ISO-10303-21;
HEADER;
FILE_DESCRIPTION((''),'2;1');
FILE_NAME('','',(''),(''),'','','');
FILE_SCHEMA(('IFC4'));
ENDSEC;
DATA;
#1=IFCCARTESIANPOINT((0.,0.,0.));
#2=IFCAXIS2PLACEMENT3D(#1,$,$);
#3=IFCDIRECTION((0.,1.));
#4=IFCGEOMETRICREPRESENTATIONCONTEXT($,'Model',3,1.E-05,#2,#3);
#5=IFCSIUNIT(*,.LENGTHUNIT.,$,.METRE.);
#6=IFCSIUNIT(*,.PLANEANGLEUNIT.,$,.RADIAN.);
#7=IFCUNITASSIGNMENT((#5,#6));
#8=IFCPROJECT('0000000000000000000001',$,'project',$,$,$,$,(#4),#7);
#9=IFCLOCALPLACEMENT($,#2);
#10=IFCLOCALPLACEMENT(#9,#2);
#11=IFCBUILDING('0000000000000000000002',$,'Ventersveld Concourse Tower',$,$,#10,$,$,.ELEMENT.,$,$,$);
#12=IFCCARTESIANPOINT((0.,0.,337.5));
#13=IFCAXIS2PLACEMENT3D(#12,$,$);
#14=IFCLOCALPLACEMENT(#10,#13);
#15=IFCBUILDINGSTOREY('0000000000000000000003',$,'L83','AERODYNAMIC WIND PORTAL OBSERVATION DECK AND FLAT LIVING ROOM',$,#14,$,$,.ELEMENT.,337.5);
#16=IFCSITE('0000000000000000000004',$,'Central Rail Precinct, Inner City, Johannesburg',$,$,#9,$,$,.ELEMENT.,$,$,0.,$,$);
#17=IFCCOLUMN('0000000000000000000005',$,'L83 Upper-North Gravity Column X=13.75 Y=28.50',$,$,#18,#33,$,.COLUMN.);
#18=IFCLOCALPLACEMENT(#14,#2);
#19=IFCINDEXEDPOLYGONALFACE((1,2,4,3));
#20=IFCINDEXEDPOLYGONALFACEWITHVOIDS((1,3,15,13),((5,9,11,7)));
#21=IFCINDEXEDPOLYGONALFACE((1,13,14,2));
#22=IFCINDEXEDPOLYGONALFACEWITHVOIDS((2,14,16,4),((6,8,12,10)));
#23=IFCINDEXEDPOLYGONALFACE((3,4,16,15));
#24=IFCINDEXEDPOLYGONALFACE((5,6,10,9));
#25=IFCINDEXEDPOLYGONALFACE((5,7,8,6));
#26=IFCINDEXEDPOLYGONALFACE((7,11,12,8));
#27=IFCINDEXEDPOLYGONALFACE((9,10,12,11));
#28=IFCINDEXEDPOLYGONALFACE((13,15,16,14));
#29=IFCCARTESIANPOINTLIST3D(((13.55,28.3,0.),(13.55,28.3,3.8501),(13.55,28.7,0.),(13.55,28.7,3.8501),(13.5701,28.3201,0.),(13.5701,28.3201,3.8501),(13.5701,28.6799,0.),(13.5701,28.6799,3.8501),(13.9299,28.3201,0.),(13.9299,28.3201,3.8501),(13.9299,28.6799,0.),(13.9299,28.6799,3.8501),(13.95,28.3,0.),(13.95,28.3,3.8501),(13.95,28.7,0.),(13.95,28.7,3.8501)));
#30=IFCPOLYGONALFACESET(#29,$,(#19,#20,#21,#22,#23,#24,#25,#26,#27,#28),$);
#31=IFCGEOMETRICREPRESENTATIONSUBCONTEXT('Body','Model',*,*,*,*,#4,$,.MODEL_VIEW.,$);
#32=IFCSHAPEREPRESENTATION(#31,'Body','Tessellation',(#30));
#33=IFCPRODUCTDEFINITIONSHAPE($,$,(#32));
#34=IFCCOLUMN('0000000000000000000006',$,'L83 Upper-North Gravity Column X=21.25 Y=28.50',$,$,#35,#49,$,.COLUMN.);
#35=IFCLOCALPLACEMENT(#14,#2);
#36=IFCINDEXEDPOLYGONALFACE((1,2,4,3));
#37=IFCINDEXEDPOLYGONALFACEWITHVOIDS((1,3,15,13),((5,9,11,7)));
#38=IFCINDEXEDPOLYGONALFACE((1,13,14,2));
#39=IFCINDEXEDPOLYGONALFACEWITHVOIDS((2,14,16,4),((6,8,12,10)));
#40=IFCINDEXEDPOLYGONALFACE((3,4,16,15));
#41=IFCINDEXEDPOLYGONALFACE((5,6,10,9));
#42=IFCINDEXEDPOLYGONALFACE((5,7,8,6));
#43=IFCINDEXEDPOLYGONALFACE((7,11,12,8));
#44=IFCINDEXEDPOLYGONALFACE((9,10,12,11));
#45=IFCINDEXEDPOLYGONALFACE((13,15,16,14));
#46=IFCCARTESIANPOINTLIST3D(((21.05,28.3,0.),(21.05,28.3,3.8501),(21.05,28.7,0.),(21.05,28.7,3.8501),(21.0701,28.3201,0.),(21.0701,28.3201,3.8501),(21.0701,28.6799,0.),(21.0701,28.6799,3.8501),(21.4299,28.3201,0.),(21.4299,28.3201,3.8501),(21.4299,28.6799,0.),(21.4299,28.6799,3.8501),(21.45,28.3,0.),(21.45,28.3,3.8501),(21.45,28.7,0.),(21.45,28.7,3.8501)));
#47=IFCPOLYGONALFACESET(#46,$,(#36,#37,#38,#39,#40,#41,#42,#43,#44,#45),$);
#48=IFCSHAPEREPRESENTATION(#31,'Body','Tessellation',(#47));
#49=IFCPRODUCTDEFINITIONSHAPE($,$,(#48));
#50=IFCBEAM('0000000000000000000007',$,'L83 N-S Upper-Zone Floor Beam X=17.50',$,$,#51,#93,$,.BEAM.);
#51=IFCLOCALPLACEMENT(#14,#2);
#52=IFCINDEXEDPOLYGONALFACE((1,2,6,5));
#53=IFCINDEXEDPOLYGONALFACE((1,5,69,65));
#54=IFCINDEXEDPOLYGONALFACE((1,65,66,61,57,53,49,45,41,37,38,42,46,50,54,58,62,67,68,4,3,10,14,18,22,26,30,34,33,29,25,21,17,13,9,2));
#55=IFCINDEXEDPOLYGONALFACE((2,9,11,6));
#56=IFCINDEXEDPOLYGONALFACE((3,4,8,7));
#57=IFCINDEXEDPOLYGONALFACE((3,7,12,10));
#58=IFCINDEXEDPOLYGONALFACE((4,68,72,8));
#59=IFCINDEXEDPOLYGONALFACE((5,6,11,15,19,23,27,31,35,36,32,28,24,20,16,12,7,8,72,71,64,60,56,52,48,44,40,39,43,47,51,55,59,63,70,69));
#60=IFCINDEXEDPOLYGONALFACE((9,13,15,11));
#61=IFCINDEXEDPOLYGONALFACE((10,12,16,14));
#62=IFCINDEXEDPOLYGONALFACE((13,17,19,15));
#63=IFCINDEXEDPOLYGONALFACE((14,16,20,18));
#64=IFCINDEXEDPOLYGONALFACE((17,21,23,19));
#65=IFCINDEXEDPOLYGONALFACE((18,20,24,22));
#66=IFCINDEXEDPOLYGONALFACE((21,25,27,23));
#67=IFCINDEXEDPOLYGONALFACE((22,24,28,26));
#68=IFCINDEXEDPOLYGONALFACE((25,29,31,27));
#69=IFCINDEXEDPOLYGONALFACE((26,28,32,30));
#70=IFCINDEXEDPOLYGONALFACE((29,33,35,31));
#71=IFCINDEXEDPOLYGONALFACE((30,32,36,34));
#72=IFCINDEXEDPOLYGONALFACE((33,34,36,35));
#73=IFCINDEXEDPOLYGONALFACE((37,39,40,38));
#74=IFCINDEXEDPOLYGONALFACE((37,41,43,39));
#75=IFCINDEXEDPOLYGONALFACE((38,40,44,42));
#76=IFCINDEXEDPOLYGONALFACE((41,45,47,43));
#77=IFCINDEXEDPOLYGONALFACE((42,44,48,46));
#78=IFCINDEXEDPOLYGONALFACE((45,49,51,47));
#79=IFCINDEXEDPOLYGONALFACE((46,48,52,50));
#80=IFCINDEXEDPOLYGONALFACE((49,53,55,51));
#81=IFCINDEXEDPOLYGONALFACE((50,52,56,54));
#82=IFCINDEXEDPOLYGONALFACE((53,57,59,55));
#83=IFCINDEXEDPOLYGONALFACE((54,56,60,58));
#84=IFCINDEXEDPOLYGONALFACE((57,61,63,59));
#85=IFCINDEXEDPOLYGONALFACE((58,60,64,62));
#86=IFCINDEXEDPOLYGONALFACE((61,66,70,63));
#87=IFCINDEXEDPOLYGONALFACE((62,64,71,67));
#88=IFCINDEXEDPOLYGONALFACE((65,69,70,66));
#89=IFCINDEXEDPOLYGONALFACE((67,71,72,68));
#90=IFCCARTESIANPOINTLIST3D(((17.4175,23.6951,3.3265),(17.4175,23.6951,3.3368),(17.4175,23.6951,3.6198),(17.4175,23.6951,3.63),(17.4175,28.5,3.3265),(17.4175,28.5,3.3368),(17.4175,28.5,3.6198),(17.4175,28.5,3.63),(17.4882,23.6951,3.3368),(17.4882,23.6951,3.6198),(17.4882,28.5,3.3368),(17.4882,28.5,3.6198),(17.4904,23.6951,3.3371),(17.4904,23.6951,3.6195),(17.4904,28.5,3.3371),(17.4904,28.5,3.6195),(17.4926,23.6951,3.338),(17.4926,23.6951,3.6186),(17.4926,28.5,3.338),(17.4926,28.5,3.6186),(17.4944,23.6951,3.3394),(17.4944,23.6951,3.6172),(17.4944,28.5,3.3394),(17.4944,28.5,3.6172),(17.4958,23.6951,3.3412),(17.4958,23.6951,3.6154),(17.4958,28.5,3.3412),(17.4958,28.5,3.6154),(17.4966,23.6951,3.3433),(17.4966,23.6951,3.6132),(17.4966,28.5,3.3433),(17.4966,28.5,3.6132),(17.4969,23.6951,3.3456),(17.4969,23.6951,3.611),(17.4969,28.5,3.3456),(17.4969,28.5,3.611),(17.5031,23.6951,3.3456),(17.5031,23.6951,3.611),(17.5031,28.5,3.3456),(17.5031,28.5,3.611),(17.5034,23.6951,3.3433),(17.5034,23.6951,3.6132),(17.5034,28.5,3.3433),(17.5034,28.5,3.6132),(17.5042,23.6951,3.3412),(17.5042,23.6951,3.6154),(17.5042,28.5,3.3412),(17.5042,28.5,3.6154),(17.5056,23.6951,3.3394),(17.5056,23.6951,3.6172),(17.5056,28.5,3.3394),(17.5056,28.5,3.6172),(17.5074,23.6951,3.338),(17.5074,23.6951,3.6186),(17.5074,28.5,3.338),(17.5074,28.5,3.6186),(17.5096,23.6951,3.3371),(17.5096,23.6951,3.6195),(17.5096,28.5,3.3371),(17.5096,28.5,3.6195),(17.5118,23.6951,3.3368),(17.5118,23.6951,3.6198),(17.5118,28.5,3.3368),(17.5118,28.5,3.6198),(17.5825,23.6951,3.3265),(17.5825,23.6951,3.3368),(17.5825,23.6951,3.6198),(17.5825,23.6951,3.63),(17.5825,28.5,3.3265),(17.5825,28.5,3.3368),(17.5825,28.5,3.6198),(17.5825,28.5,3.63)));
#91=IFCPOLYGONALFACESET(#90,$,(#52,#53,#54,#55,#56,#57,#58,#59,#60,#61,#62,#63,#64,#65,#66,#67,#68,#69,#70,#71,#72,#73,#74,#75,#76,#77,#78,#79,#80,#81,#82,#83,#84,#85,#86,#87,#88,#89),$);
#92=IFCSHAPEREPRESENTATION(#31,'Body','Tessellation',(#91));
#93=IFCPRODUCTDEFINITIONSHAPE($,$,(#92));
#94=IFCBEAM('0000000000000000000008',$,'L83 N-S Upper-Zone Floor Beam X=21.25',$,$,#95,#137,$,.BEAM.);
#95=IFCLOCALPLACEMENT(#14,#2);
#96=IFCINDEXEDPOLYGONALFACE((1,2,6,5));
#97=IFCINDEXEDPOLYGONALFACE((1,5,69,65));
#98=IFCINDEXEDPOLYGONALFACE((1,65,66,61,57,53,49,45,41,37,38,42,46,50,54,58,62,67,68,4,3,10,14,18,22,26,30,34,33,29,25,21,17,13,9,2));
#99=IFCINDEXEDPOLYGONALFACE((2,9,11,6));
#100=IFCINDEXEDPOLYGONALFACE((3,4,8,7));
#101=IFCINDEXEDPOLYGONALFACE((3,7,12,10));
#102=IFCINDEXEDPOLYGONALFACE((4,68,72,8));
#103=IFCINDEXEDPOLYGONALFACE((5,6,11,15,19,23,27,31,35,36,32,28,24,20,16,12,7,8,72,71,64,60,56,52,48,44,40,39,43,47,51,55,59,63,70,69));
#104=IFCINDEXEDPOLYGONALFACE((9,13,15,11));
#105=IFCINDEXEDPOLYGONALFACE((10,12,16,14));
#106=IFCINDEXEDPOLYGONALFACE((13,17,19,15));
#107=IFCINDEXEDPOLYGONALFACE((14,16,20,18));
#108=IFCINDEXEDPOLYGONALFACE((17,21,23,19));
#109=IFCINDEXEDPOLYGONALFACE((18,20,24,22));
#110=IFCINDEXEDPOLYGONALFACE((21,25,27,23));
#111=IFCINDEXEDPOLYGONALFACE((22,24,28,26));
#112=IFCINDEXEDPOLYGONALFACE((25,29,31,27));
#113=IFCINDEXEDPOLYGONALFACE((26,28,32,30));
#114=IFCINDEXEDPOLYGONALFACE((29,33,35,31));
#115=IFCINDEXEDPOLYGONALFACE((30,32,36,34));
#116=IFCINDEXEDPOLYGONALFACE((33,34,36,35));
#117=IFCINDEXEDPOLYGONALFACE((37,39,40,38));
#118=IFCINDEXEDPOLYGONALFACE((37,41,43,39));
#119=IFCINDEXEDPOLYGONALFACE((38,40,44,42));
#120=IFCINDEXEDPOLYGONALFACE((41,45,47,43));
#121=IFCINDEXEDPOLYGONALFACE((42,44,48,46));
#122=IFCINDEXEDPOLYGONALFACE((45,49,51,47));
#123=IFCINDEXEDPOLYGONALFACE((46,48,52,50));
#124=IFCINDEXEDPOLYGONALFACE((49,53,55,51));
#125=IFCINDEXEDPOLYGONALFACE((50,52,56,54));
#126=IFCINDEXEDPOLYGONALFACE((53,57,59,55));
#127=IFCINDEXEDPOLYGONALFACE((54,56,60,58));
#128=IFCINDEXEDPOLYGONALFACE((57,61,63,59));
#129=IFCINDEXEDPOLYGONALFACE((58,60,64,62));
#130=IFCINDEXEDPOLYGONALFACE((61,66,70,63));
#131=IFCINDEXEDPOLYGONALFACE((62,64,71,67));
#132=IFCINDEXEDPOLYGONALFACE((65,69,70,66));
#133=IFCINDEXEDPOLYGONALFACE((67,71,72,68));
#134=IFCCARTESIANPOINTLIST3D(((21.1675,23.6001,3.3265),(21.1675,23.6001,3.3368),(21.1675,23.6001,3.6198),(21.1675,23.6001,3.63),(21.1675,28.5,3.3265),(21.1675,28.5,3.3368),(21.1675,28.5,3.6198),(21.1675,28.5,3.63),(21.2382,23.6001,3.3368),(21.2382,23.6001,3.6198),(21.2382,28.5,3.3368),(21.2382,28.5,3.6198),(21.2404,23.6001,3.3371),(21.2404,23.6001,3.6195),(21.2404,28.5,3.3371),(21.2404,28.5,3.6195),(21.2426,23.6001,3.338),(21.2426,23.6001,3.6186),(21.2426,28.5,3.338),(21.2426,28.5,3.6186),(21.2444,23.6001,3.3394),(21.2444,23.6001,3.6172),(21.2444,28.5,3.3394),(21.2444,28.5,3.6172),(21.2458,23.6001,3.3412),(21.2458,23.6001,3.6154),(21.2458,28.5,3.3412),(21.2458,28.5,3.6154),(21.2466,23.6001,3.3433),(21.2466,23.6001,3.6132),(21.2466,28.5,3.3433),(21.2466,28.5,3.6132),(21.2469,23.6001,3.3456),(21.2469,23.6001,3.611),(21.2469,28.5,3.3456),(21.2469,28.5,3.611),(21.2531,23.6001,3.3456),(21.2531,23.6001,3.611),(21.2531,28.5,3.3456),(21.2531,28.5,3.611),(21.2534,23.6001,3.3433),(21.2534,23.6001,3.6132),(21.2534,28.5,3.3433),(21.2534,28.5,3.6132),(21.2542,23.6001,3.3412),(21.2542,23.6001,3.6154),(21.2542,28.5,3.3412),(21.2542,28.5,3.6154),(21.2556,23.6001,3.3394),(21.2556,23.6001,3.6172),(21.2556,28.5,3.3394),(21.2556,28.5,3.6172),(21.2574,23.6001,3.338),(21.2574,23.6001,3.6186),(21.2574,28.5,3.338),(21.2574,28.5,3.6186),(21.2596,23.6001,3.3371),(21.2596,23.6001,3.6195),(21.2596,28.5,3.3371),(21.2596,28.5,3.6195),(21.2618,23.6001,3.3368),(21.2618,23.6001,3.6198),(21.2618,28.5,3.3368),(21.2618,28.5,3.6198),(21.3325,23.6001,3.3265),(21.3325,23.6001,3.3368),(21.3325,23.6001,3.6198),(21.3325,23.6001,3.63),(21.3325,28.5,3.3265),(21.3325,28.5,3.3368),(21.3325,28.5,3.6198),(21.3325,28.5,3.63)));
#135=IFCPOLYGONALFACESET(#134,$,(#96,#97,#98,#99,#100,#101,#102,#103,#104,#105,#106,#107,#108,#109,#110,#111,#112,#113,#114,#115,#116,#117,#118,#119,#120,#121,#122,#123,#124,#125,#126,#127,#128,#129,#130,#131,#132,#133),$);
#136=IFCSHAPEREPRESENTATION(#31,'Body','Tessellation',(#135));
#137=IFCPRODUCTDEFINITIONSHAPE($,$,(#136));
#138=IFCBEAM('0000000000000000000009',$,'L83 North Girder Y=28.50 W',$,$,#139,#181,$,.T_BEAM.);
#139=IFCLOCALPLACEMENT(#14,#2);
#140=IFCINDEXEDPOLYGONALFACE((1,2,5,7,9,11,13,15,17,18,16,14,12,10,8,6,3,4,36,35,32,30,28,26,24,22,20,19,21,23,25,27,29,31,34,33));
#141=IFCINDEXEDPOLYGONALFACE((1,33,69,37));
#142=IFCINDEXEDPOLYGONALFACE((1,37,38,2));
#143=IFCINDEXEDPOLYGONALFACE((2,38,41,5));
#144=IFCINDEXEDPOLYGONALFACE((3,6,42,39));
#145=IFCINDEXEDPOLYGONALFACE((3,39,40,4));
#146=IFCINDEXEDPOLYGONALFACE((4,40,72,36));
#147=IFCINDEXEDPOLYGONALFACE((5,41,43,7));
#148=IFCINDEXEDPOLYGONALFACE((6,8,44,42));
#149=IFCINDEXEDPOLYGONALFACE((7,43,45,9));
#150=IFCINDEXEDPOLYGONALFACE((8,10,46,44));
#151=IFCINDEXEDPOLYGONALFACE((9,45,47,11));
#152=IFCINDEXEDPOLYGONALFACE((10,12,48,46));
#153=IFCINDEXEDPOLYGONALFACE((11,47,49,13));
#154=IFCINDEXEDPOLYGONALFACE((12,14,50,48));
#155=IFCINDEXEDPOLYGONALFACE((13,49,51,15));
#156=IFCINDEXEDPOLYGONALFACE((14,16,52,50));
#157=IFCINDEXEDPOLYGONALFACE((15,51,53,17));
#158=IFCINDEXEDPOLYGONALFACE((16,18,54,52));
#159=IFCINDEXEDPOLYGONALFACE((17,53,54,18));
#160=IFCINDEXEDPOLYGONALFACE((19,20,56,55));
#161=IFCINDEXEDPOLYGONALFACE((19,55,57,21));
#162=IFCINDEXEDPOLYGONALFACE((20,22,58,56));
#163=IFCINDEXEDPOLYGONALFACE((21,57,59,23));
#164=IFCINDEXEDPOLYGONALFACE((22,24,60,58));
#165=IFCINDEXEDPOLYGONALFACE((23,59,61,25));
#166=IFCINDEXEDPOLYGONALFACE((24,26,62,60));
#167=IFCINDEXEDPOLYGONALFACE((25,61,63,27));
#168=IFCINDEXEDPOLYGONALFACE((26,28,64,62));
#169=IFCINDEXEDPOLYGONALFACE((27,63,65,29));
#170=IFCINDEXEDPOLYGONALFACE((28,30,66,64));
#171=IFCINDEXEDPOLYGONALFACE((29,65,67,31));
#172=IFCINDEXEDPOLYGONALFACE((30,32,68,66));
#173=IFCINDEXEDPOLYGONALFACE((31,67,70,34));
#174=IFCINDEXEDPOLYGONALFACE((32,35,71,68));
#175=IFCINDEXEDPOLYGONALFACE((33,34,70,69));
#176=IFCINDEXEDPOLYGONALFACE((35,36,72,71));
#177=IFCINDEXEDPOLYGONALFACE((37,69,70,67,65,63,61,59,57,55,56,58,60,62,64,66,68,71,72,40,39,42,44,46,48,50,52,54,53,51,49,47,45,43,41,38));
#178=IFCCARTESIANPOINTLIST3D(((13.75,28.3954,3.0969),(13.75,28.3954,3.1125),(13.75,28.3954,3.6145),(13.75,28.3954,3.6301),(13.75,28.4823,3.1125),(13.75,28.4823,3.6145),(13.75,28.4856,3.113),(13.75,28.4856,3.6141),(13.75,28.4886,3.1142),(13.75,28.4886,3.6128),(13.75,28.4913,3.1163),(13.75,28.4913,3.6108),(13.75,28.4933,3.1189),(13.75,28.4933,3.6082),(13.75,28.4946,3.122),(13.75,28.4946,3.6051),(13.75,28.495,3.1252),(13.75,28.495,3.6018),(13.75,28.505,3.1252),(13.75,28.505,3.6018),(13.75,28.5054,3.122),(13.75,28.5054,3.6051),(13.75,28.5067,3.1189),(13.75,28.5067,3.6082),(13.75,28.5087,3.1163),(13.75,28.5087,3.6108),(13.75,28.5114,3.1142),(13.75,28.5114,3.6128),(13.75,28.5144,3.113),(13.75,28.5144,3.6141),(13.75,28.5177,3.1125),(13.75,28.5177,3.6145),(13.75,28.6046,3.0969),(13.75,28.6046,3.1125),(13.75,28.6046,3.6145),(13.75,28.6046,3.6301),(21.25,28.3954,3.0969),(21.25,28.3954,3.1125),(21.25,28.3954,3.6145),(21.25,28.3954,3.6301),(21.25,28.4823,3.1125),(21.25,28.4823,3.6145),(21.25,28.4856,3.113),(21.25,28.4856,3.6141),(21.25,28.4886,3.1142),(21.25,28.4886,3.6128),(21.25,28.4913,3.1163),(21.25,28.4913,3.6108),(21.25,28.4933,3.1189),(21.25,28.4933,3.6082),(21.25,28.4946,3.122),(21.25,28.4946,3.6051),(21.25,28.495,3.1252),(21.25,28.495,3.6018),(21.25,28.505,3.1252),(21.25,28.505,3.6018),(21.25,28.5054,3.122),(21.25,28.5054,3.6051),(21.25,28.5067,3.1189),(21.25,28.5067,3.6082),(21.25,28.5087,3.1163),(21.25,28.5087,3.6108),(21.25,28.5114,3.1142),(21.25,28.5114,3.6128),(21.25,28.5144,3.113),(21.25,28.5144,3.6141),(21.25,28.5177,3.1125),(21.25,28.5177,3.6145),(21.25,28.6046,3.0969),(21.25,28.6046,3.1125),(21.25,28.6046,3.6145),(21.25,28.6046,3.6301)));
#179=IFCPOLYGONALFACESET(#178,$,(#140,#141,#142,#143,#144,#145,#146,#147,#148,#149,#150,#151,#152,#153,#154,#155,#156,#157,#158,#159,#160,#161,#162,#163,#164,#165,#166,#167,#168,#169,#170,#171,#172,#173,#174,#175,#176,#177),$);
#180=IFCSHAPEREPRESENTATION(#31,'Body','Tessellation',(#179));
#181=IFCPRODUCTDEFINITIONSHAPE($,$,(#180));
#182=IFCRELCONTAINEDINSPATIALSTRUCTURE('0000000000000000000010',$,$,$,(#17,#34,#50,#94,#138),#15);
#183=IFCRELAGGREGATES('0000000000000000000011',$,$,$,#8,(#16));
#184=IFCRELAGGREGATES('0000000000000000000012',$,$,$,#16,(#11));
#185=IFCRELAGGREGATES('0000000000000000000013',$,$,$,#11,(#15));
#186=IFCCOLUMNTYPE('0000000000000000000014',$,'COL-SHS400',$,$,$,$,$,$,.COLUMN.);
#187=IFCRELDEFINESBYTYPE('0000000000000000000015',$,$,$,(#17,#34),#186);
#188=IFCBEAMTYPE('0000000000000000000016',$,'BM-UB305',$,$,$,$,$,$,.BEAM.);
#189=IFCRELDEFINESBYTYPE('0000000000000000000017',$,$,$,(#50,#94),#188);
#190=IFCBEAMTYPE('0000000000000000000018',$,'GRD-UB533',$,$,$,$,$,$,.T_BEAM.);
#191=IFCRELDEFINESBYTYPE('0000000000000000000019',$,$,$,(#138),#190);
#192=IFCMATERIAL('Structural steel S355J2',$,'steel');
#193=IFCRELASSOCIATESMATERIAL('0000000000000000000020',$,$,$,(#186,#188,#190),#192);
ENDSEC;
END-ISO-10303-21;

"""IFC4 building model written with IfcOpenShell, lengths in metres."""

from ifc_helpers import new_model, si_unit, direction, frame, origin, origin_2d, place, context, subcontext, project, spatial, hollow_rectangle, i_section, extrude, material, material_profile, profile_set, type_object, element, save


model = new_model("IFC4")

# Units and contexts
model_context = context("Model", 3, precision=1e-05, world=origin(), true_north=direction((0.0, 1.0)))
body_context = subcontext(model_context, "Body", "Model", "MODEL_VIEW")
ifc_project = project(units=[si_unit("LENGTHUNIT", "METRE"), si_unit("PLANEANGLEUNIT", "RADIAN")], contexts=[model_context])

# Site, building, storey
site_placement = place(None, origin())
site = spatial("IfcSite", under=ifc_project, at=site_placement, Name="Central Rail Precinct, Inner City, Johannesburg", CompositionType="ELEMENT", RefElevation=0.0)
building_placement = place(site_placement, origin())
building = spatial("IfcBuilding", under=site, at=building_placement, Name="Ventersveld Concourse Tower", CompositionType="ELEMENT")
storey_placement = place(building_placement, frame((0.0, 0.0, 337.5)))
storey = spatial("IfcBuildingStorey", under=building, at=storey_placement, Name="L83", Description="AERODYNAMIC WIND PORTAL OBSERVATION DECK AND FLAT LIVING ROOM", CompositionType="ELEMENT", Elevation=337.5)

# Columns
ifc_material_1 = material(Name="Structural steel S355J2", Category="steel")
ifc_material_profile_1 = material_profile(ifc_material_1, hollow_rectangle(XDim=0.3999, YDim=0.3999, WallThickness=0.02, at=origin_2d()), Name="SHS 400x400x20")
ifc_profile_set_1 = profile_set([ifc_material_profile_1], Name="Structural steel S355J2")
column_type = type_object("IfcColumnType", Name="COL-SHS400", PredefinedType="COLUMN", material=ifc_profile_set_1)
for number, where, z_axis, x_axis, name in (
    (1, (13.75, 28.5, 0.0), (0.0, 0.0, 1.0), (1.0, 0.0, 0.0), "L83 Upper-North Gravity Column X=13.75 Y=28.50"),
    (2, (21.25, 28.5, 0.0), (0.0, 0.0, 1.0), (1.0, 0.0, 0.0), "L83 Upper-North Gravity Column X=21.25 Y=28.50"),
):
    element("IfcColumn", number, at=place(storey_placement, frame(where, z_axis=z_axis, x_axis=x_axis)), inside=storey, type_object=column_type, Name=name, PredefinedType="COLUMN", context=body_context, shape_type="SweptSolid", body=[
        extrude(hollow_rectangle(XDim=0.3999, YDim=0.3999, WallThickness=0.02, at=origin_2d()), origin(), (0.0, 0.0, 1.0), 3.8501),
    ])

# Beams
ifc_material_profile_2 = material_profile(ifc_material_1, i_section(OverallWidth=0.165, OverallDepth=0.3035, WebThickness=0.0061, FlangeThickness=0.0103, FilletRadius=0.0088, at=origin_2d()), Name="UB 305x165x40")
ifc_profile_set_2 = profile_set([ifc_material_profile_2], Name="Structural steel S355J2")
beam_type_1 = type_object("IfcBeamType", Name="BM-UB305", PredefinedType="BEAM", material=ifc_profile_set_2)
beam_1_placement = place(storey_placement, frame((17.5, 23.6951, 3.4783), z_axis=(0.0, 1.0, 0.0), x_axis=(-1.0, 0.0, 0.0)))
element("IfcBeam", 3, at=beam_1_placement, inside=storey, type_object=beam_type_1, Name="L83 N-S Upper-Zone Floor Beam X=17.50", PredefinedType="BEAM", context=body_context, shape_type="SweptSolid", body=[
    extrude(i_section(OverallWidth=0.165, OverallDepth=0.3035, WebThickness=0.0061, FlangeThickness=0.0103, FilletRadius=0.0088, at=origin_2d()), origin(), (0.0, 0.0, 1.0), 4.8049),
])
beam_2_placement = place(storey_placement, frame((21.25, 23.6001, 3.4783), z_axis=(0.0, 1.0, 0.0), x_axis=(-1.0, 0.0, 0.0)))
element("IfcBeam", 4, at=beam_2_placement, inside=storey, type_object=beam_type_1, Name="L83 N-S Upper-Zone Floor Beam X=21.25", PredefinedType="BEAM", context=body_context, shape_type="SweptSolid", body=[
    extrude(i_section(OverallWidth=0.165, OverallDepth=0.3035, WebThickness=0.0061, FlangeThickness=0.0103, FilletRadius=0.0088, at=origin_2d()), origin(), (0.0, 0.0, 1.0), 4.8999),
])
ifc_material_profile_3 = material_profile(ifc_material_1, i_section(OverallWidth=0.2092, OverallDepth=0.5332, WebThickness=0.01, FlangeThickness=0.0156, FilletRadius=0.0127, at=origin_2d()), Name="UB 533x210x92")
ifc_profile_set_3 = profile_set([ifc_material_profile_3], Name="Structural steel S355J2")
beam_type_2 = type_object("IfcBeamType", Name="GRD-UB533", PredefinedType="T_BEAM", material=ifc_profile_set_3)
beam_3_placement = place(storey_placement, frame((13.75, 28.5, 3.3635), z_axis=(1.0, 0.0, 0.0), x_axis=(0.0, 1.0, 0.0)))
element("IfcBeam", 5, at=beam_3_placement, inside=storey, type_object=beam_type_2, Name="L83 North Girder Y=28.50 W", PredefinedType="T_BEAM", context=body_context, shape_type="SweptSolid", body=[
    extrude(i_section(OverallWidth=0.2092, OverallDepth=0.5332, WebThickness=0.01, FlangeThickness=0.0156, FilletRadius=0.0127, at=origin_2d()), origin(), (0.0, 0.0, 1.0), 7.5),
])

save(model, "model.ifc")
